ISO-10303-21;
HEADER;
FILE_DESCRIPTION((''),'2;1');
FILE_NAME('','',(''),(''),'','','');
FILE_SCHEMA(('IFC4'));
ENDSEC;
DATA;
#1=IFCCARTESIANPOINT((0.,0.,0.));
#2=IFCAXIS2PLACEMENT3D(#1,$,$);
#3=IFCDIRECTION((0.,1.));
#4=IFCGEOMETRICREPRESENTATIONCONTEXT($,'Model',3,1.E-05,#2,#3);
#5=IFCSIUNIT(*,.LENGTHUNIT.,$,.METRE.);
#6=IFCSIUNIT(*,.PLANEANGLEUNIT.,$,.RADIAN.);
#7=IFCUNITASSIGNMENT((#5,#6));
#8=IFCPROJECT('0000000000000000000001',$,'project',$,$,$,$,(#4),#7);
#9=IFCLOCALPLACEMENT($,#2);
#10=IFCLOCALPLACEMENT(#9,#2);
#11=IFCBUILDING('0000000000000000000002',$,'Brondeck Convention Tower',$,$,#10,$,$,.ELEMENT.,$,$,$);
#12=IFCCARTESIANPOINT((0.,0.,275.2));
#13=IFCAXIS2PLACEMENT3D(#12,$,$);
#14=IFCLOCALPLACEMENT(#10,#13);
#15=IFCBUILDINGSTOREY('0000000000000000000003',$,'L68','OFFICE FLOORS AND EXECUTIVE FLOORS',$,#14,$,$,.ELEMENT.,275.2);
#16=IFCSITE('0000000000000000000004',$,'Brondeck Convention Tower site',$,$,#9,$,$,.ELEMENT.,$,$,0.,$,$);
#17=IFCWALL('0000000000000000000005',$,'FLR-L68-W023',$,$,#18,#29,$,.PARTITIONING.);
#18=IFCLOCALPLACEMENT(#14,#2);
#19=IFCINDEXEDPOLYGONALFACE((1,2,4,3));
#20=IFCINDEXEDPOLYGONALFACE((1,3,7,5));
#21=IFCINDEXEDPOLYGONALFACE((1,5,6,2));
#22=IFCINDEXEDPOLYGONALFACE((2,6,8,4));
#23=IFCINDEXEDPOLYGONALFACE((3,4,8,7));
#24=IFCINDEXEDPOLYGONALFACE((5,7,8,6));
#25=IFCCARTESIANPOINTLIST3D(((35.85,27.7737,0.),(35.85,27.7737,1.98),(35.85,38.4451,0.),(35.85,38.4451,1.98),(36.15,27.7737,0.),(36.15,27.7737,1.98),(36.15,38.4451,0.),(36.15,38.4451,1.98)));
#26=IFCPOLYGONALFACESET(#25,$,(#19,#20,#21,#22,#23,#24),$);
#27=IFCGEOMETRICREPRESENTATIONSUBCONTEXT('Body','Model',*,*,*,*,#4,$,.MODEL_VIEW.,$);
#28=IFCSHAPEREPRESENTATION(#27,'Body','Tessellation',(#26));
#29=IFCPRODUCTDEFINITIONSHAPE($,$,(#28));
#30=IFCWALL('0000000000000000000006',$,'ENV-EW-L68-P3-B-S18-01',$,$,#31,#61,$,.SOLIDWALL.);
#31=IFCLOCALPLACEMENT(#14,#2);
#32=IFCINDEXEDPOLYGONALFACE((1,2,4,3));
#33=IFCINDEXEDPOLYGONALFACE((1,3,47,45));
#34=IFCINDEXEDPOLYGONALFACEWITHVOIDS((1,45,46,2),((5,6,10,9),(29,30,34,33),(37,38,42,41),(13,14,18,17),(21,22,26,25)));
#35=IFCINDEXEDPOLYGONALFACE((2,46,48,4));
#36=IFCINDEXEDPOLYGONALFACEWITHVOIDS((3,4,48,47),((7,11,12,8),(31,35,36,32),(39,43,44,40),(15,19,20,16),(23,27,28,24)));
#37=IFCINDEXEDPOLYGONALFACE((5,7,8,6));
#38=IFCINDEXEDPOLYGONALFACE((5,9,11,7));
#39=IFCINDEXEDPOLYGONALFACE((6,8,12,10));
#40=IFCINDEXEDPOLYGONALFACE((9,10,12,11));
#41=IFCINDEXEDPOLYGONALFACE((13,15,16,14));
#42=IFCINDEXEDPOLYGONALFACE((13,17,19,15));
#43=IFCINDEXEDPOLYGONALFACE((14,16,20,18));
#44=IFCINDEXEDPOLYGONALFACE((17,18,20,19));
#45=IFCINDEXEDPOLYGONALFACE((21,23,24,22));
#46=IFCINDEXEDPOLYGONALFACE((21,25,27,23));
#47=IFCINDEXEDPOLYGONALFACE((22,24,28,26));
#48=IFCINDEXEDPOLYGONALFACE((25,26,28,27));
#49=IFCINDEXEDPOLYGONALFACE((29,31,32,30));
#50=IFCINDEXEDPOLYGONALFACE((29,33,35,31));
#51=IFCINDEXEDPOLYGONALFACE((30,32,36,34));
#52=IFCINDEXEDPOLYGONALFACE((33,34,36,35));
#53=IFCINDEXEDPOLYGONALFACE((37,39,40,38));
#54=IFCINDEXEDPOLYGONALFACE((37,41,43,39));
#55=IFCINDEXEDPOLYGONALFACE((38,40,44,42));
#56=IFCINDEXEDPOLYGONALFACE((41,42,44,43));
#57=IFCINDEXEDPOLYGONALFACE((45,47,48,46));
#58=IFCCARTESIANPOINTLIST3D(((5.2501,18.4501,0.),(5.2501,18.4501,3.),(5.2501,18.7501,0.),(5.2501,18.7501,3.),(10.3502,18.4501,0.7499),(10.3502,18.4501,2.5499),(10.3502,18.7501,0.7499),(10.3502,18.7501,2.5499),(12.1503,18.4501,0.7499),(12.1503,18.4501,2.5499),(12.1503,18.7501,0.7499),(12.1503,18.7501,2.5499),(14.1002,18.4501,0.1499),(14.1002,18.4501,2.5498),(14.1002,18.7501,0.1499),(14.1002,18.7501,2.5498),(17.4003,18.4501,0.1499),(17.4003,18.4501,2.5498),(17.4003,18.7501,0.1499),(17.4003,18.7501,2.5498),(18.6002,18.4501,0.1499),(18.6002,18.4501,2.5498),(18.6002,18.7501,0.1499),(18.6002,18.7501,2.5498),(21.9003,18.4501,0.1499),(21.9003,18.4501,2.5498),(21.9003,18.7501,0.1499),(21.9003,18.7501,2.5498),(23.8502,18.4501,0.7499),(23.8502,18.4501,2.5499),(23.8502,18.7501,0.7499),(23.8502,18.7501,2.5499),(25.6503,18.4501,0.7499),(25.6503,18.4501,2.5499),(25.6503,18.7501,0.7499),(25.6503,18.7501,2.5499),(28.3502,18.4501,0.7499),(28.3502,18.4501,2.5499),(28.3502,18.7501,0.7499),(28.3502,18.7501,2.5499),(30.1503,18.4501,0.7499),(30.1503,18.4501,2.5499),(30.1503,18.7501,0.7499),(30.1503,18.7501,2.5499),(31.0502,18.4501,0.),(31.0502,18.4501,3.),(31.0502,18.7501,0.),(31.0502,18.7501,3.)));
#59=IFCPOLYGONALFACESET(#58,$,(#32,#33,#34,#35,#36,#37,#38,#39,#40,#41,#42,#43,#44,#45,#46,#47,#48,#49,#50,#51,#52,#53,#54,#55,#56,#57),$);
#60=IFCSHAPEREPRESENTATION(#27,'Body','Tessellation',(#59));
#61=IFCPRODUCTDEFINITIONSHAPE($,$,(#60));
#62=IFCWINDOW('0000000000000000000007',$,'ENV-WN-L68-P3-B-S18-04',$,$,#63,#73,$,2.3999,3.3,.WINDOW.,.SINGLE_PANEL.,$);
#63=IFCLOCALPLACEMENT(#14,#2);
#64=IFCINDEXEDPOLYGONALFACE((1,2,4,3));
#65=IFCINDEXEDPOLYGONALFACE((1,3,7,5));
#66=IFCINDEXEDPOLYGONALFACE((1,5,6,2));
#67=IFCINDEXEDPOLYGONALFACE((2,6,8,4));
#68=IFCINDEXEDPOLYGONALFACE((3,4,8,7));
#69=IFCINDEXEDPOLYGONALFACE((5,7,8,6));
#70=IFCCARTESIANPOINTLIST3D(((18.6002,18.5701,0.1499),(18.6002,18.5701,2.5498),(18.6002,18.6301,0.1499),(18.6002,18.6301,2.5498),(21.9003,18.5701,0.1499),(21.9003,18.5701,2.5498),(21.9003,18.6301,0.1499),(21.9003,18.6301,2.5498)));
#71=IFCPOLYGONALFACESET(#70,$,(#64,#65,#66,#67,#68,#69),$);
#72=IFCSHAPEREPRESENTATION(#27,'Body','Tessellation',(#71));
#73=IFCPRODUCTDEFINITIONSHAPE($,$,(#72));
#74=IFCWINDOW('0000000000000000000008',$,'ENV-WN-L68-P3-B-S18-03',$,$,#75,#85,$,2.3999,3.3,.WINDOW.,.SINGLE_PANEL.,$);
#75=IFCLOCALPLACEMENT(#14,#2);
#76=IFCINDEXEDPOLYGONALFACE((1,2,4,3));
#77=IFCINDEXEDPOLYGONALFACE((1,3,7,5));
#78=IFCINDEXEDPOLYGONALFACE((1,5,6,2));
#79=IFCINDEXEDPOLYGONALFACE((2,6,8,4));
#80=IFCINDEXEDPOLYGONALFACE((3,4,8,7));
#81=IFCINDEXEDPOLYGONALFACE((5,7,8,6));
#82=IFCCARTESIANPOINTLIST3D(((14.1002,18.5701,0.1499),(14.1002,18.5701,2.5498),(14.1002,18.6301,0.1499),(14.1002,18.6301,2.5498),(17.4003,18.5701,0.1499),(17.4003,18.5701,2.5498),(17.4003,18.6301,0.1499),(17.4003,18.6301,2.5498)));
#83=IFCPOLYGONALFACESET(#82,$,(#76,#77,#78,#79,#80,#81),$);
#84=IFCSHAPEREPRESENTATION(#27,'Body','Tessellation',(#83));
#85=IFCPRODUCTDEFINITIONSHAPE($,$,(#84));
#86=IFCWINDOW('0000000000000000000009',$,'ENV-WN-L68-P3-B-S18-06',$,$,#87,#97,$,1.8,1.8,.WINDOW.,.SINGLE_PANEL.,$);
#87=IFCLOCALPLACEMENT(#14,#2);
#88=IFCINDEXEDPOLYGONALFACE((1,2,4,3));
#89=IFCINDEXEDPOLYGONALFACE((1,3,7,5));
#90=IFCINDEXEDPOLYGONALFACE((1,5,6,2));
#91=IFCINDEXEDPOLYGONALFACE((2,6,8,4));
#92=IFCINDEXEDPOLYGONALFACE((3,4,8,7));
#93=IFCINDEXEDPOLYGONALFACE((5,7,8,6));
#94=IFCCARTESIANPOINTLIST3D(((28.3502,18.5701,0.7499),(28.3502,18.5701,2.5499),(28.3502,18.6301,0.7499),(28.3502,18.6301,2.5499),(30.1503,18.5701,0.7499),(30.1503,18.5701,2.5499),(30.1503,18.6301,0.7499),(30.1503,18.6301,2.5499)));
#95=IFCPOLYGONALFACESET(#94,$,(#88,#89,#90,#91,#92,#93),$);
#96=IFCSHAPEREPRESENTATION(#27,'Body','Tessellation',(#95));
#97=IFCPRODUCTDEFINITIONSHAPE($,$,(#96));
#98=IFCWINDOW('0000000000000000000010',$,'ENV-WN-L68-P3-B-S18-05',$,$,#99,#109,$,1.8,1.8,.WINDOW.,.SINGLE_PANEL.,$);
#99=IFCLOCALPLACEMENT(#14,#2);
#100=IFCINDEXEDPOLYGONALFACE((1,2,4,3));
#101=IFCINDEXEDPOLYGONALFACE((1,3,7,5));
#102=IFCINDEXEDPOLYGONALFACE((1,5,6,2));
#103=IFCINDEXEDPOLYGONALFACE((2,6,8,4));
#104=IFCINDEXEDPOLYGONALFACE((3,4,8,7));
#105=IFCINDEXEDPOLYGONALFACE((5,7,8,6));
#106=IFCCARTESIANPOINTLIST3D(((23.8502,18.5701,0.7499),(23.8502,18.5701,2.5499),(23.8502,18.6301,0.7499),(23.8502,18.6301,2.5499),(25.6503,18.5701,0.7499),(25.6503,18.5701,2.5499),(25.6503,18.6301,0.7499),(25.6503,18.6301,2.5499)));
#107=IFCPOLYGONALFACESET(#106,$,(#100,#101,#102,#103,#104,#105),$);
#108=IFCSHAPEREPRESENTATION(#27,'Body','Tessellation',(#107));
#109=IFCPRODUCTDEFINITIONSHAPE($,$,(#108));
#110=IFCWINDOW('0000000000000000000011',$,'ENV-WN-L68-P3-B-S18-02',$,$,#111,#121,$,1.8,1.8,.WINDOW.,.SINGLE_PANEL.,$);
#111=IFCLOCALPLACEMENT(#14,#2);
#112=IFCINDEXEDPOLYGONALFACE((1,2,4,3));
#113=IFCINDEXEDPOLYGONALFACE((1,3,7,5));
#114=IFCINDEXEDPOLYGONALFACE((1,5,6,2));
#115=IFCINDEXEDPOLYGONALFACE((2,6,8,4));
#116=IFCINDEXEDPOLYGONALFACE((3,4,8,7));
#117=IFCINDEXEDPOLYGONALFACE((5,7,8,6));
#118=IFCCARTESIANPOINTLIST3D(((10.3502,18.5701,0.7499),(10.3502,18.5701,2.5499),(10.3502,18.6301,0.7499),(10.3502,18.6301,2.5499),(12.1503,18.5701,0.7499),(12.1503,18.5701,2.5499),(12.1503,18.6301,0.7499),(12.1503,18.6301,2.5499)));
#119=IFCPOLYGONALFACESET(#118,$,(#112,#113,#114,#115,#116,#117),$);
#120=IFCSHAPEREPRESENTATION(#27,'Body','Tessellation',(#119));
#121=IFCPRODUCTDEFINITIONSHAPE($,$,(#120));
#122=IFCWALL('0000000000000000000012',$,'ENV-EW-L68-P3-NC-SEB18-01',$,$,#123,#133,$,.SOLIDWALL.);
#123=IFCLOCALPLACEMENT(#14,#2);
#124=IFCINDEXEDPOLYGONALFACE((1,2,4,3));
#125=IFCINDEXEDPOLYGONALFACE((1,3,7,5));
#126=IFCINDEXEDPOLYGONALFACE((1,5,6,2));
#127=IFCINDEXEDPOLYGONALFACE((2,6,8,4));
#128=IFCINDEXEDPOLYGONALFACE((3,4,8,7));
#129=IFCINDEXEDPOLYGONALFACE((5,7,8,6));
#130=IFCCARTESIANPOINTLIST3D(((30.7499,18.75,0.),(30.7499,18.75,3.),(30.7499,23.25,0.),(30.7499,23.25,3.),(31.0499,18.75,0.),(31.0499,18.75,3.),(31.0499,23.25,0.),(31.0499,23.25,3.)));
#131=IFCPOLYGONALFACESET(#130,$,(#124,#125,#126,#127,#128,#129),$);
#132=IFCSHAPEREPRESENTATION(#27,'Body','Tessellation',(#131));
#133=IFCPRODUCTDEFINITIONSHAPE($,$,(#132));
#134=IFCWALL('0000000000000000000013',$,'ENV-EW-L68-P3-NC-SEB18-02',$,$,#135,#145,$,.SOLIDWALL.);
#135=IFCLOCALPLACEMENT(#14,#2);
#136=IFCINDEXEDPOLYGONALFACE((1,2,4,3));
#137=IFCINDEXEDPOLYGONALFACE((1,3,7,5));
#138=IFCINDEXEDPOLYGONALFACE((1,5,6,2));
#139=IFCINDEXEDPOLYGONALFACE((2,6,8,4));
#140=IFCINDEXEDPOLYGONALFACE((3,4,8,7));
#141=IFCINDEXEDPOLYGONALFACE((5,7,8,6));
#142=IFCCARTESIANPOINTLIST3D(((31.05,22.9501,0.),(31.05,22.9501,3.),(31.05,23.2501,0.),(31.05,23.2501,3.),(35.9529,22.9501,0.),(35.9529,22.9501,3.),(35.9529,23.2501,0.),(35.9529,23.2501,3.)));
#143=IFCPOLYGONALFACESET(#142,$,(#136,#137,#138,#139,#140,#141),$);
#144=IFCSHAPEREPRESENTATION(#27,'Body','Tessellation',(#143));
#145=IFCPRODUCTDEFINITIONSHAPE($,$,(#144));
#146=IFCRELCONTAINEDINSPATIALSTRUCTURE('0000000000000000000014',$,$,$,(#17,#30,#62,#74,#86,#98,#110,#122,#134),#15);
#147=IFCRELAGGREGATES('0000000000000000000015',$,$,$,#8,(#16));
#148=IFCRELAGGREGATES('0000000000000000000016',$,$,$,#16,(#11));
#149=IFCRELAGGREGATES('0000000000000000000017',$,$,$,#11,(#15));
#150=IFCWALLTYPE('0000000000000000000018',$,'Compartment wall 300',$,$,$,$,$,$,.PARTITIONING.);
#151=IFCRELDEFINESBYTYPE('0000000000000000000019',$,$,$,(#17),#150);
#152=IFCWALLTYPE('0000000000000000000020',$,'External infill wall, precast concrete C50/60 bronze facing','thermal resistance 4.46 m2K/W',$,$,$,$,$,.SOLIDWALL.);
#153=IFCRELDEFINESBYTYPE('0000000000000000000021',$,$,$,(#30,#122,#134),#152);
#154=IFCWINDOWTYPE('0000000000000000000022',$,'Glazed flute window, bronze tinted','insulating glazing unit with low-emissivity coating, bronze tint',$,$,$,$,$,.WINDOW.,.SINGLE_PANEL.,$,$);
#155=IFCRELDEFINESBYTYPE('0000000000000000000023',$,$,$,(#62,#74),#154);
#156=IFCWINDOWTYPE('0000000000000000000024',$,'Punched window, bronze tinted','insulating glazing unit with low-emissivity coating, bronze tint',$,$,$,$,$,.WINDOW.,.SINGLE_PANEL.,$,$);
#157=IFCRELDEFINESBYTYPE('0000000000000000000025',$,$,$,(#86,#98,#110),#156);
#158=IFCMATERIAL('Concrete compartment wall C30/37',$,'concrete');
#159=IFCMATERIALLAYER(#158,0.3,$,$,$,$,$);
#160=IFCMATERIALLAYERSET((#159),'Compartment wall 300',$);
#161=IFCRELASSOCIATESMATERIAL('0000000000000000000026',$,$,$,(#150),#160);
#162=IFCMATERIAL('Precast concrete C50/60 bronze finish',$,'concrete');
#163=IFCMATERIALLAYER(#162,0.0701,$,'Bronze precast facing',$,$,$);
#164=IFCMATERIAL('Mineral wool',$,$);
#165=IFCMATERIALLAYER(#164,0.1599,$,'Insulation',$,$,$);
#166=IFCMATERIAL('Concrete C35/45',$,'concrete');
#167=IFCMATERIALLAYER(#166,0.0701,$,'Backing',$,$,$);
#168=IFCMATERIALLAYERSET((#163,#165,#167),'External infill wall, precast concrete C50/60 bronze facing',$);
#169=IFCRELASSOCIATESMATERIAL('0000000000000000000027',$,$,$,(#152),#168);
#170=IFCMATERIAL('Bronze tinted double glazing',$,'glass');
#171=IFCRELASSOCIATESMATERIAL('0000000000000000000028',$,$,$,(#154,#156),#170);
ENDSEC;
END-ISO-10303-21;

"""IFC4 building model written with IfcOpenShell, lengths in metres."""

from ifc_helpers import new_model, si_unit, direction, frame, frame_2d, origin, place, context, subcontext, project, spatial, rectangle, extrude, material, layer, layer_set, type_object, element, fill, save


model = new_model("IFC4")

# Units and contexts
model_context = context("Model", 3, precision=1e-05, world=origin(), true_north=direction((0.0, 1.0)))
body_context = subcontext(model_context, "Body", "Model", "MODEL_VIEW")
ifc_project = project(units=[si_unit("LENGTHUNIT", "METRE"), si_unit("PLANEANGLEUNIT", "RADIAN")], contexts=[model_context])

# Site, building, storey
site_placement = place(None, origin())
site = spatial("IfcSite", under=ifc_project, at=site_placement, Name="Brondeck Convention Tower site", CompositionType="ELEMENT", RefElevation=0.0)
building_placement = place(site_placement, origin())
building = spatial("IfcBuilding", under=site, at=building_placement, Name="Brondeck Convention Tower", CompositionType="ELEMENT")
storey_placement = place(building_placement, frame((0.0, 0.0, 275.2)))
storey = spatial("IfcBuildingStorey", under=building, at=storey_placement, Name="L68", Description="OFFICE FLOORS AND EXECUTIVE FLOORS", CompositionType="ELEMENT", Elevation=275.2)

# Wall
ifc_material_1 = material(Name="Concrete compartment wall C30/37", Category="concrete")
ifc_layer_1 = layer(ifc_material_1, 0.3)
ifc_layer_set_1 = layer_set([ifc_layer_1], Name="Compartment wall 300")
wall_type_1 = type_object("IfcWallType", Name="Compartment wall 300", PredefinedType="PARTITIONING", material=ifc_layer_set_1)
wall_1_placement = place(storey_placement, frame((36.0, 27.7737, 0.0), z_axis=(0.0, 0.0, 1.0), x_axis=(0.0, 1.0, 0.0)))
element("IfcWall", 1, at=wall_1_placement, inside=storey, type_object=wall_type_1, Name="FLR-L68-W023", PredefinedType="PARTITIONING", context=body_context, shape_type="SweptSolid", body=[
    extrude(rectangle(XDim=10.6714, YDim=0.3, at=frame_2d((5.3357, 0.0))), origin(), (0.0, 0.0, 1.0), 1.98),
])

# Wall, openings, windows
ifc_material_2 = material(Name="Precast concrete C50/60 bronze finish", Category="concrete")
ifc_layer_2 = layer(ifc_material_2, 0.0701, Name="Bronze precast facing")
ifc_material_3 = material(Name="Mineral wool")
ifc_layer_3 = layer(ifc_material_3, 0.1599, Name="Insulation")
ifc_material_4 = material(Name="Concrete C35/45", Category="concrete")
ifc_layer_4 = layer(ifc_material_4, 0.0701, Name="Backing")
ifc_layer_set_2 = layer_set([ifc_layer_2, ifc_layer_3, ifc_layer_4], Name="External infill wall, precast concrete C50/60 bronze facing")
wall_type_2 = type_object("IfcWallType", Name="External infill wall, precast concrete C50/60 bronze facing", Description="thermal resistance 4.46 m2K/W", PredefinedType="SOLIDWALL", material=ifc_layer_set_2)
wall_2_placement = place(storey_placement, frame((31.05, 18.6001, 0.0), z_axis=(0.0, 0.0, 1.0), x_axis=(-1.0, 0.0, 0.0)))
wall_2 = element("IfcWall", 2, at=wall_2_placement, inside=storey, type_object=wall_type_2, Name="ENV-EW-L68-P3-B-S18-01", PredefinedType="SOLIDWALL", context=body_context, shape_type="SweptSolid", body=[
    extrude(rectangle(XDim=25.8, YDim=0.3, at=frame_2d((12.8999, 0.0))), origin(), (0.0, 0.0, 1.0), 3.0),
])
opening_1_placement = place(wall_2_placement, frame((0.8999, 0.0, 0.75)))
opening_1 = element("IfcOpeningElement", 3, at=opening_1_placement, cuts=wall_2, PredefinedType="OPENING", context=body_context, shape_type="SweptSolid", body=[
    extrude(rectangle(XDim=1.8, YDim=1.8, at=frame_2d((0.8999, 0.8999))), frame((0.0, 0.1599, 0.0), z_axis=(0.0, -1.0, 0.0), x_axis=(1.0, 0.0, 0.0)), (0.0, 0.0, 1.0), 0.3201),
])
opening_2_placement = place(wall_2_placement, frame((5.3999, 0.0, 0.75)))
opening_2 = element("IfcOpeningElement", 4, at=opening_2_placement, cuts=wall_2, PredefinedType="OPENING", context=body_context, shape_type="SweptSolid", body=[
    extrude(rectangle(XDim=1.8, YDim=1.8, at=frame_2d((0.8999, 0.8999))), frame((0.0, 0.1599, 0.0), z_axis=(0.0, -1.0, 0.0), x_axis=(1.0, 0.0, 0.0)), (0.0, 0.0, 1.0), 0.3201),
])
opening_3_placement = place(wall_2_placement, frame((9.1499, 0.0, 0.1499)))
opening_3 = element("IfcOpeningElement", 5, at=opening_3_placement, cuts=wall_2, PredefinedType="OPENING", context=body_context, shape_type="SweptSolid", body=[
    extrude(rectangle(XDim=3.3, YDim=2.3999, at=frame_2d((1.6499, 1.2))), frame((0.0, 0.1599, 0.0), z_axis=(0.0, -1.0, 0.0), x_axis=(1.0, 0.0, 0.0)), (0.0, 0.0, 1.0), 0.3201),
])
opening_4_placement = place(wall_2_placement, frame((13.6499, 0.0, 0.1499)))
opening_4 = element("IfcOpeningElement", 6, at=opening_4_placement, cuts=wall_2, PredefinedType="OPENING", context=body_context, shape_type="SweptSolid", body=[
    extrude(rectangle(XDim=3.3, YDim=2.3999, at=frame_2d((1.6499, 1.2))), frame((0.0, 0.1599, 0.0), z_axis=(0.0, -1.0, 0.0), x_axis=(1.0, 0.0, 0.0)), (0.0, 0.0, 1.0), 0.3201),
])
opening_5_placement = place(wall_2_placement, frame((18.8999, 0.0, 0.75)))
opening_5 = element("IfcOpeningElement", 7, at=opening_5_placement, cuts=wall_2, PredefinedType="OPENING", context=body_context, shape_type="SweptSolid", body=[
    extrude(rectangle(XDim=1.8, YDim=1.8, at=frame_2d((0.8999, 0.8999))), frame((0.0, 0.1599, 0.0), z_axis=(0.0, -1.0, 0.0), x_axis=(1.0, 0.0, 0.0)), (0.0, 0.0, 1.0), 0.3201),
])
ifc_material_5 = material(Name="Bronze tinted double glazing", Category="glass")
window_type_1 = type_object("IfcWindowType", Name="Glazed flute window, bronze tinted", Description="insulating glazing unit with low-emissivity coating, bronze tint", PartitioningType="SINGLE_PANEL", PredefinedType="WINDOW", material=ifc_material_5)
window_1_placement = place(opening_3_placement, origin())
window_1 = element("IfcWindow", 8, at=window_1_placement, inside=storey, type_object=window_type_1, Name="ENV-WN-L68-P3-B-S18-04", OverallHeight=2.3999, OverallWidth=3.3, PartitioningType="SINGLE_PANEL", PredefinedType="WINDOW", context=body_context, shape_type="SweptSolid", body=[
    extrude(rectangle(XDim=3.3, YDim=2.3999, at=frame_2d((1.6499, 1.2))), frame((0.0, 0.03, 0.0), z_axis=(0.0, -1.0, 0.0), x_axis=(1.0, 0.0, 0.0)), (0.0, 0.0, 1.0), 0.0601),
])
fill(opening_3, window_1)
window_2_placement = place(opening_4_placement, origin())
window_2 = element("IfcWindow", 9, at=window_2_placement, inside=storey, type_object=window_type_1, Name="ENV-WN-L68-P3-B-S18-03", OverallHeight=2.3999, OverallWidth=3.3, PartitioningType="SINGLE_PANEL", PredefinedType="WINDOW", context=body_context, shape_type="SweptSolid", body=[
    extrude(rectangle(XDim=3.3, YDim=2.3999, at=frame_2d((1.6499, 1.2))), frame((0.0, 0.03, 0.0), z_axis=(0.0, -1.0, 0.0), x_axis=(1.0, 0.0, 0.0)), (0.0, 0.0, 1.0), 0.0601),
])
fill(opening_4, window_2)
window_type_2 = type_object("IfcWindowType", Name="Punched window, bronze tinted", Description="insulating glazing unit with low-emissivity coating, bronze tint", PartitioningType="SINGLE_PANEL", PredefinedType="WINDOW", material=ifc_material_5)
window_3_placement = place(opening_1_placement, origin())
window_3 = element("IfcWindow", 10, at=window_3_placement, inside=storey, type_object=window_type_2, Name="ENV-WN-L68-P3-B-S18-06", OverallHeight=1.8, OverallWidth=1.8, PartitioningType="SINGLE_PANEL", PredefinedType="WINDOW", context=body_context, shape_type="SweptSolid", body=[
    extrude(rectangle(XDim=1.8, YDim=1.8, at=frame_2d((0.8999, 0.8999))), frame((0.0, 0.03, 0.0), z_axis=(0.0, -1.0, 0.0), x_axis=(1.0, 0.0, 0.0)), (0.0, 0.0, 1.0), 0.0601),
])
fill(opening_1, window_3)
window_4_placement = place(opening_2_placement, origin())
window_4 = element("IfcWindow", 11, at=window_4_placement, inside=storey, type_object=window_type_2, Name="ENV-WN-L68-P3-B-S18-05", OverallHeight=1.8, OverallWidth=1.8, PartitioningType="SINGLE_PANEL", PredefinedType="WINDOW", context=body_context, shape_type="SweptSolid", body=[
    extrude(rectangle(XDim=1.8, YDim=1.8, at=frame_2d((0.8999, 0.8999))), frame((0.0, 0.03, 0.0), z_axis=(0.0, -1.0, 0.0), x_axis=(1.0, 0.0, 0.0)), (0.0, 0.0, 1.0), 0.0601),
])
fill(opening_2, window_4)
window_5_placement = place(opening_5_placement, origin())
window_5 = element("IfcWindow", 12, at=window_5_placement, inside=storey, type_object=window_type_2, Name="ENV-WN-L68-P3-B-S18-02", OverallHeight=1.8, OverallWidth=1.8, PartitioningType="SINGLE_PANEL", PredefinedType="WINDOW", context=body_context, shape_type="SweptSolid", body=[
    extrude(rectangle(XDim=1.8, YDim=1.8, at=frame_2d((0.8999, 0.8999))), frame((0.0, 0.03, 0.0), z_axis=(0.0, -1.0, 0.0), x_axis=(1.0, 0.0, 0.0)), (0.0, 0.0, 1.0), 0.0601),
])
fill(opening_5, window_5)

# Walls
wall_3_placement = place(storey_placement, frame((30.8999, 23.25, 0.0), z_axis=(0.0, 0.0, 1.0), x_axis=(0.0, -1.0, 0.0)))
element("IfcWall", 13, at=wall_3_placement, inside=storey, type_object=wall_type_2, Name="ENV-EW-L68-P3-NC-SEB18-01", PredefinedType="SOLIDWALL", context=body_context, shape_type="SweptSolid", body=[
    extrude(rectangle(XDim=4.5, YDim=0.3, at=frame_2d((2.25, 0.0))), origin(), (0.0, 0.0, 1.0), 3.0),
])
wall_4_placement = place(storey_placement, frame((35.9529, 23.1001, 0.0), z_axis=(0.0, 0.0, 1.0), x_axis=(-1.0, 0.0, 0.0)))
element("IfcWall", 14, at=wall_4_placement, inside=storey, type_object=wall_type_2, Name="ENV-EW-L68-P3-NC-SEB18-02", PredefinedType="SOLIDWALL", context=body_context, shape_type="SweptSolid", body=[
    extrude(rectangle(XDim=4.9028, YDim=0.3, at=frame_2d((2.4514, 0.0))), origin(), (0.0, 0.0, 1.0), 3.0),
])

save(model, "model.ifc")
